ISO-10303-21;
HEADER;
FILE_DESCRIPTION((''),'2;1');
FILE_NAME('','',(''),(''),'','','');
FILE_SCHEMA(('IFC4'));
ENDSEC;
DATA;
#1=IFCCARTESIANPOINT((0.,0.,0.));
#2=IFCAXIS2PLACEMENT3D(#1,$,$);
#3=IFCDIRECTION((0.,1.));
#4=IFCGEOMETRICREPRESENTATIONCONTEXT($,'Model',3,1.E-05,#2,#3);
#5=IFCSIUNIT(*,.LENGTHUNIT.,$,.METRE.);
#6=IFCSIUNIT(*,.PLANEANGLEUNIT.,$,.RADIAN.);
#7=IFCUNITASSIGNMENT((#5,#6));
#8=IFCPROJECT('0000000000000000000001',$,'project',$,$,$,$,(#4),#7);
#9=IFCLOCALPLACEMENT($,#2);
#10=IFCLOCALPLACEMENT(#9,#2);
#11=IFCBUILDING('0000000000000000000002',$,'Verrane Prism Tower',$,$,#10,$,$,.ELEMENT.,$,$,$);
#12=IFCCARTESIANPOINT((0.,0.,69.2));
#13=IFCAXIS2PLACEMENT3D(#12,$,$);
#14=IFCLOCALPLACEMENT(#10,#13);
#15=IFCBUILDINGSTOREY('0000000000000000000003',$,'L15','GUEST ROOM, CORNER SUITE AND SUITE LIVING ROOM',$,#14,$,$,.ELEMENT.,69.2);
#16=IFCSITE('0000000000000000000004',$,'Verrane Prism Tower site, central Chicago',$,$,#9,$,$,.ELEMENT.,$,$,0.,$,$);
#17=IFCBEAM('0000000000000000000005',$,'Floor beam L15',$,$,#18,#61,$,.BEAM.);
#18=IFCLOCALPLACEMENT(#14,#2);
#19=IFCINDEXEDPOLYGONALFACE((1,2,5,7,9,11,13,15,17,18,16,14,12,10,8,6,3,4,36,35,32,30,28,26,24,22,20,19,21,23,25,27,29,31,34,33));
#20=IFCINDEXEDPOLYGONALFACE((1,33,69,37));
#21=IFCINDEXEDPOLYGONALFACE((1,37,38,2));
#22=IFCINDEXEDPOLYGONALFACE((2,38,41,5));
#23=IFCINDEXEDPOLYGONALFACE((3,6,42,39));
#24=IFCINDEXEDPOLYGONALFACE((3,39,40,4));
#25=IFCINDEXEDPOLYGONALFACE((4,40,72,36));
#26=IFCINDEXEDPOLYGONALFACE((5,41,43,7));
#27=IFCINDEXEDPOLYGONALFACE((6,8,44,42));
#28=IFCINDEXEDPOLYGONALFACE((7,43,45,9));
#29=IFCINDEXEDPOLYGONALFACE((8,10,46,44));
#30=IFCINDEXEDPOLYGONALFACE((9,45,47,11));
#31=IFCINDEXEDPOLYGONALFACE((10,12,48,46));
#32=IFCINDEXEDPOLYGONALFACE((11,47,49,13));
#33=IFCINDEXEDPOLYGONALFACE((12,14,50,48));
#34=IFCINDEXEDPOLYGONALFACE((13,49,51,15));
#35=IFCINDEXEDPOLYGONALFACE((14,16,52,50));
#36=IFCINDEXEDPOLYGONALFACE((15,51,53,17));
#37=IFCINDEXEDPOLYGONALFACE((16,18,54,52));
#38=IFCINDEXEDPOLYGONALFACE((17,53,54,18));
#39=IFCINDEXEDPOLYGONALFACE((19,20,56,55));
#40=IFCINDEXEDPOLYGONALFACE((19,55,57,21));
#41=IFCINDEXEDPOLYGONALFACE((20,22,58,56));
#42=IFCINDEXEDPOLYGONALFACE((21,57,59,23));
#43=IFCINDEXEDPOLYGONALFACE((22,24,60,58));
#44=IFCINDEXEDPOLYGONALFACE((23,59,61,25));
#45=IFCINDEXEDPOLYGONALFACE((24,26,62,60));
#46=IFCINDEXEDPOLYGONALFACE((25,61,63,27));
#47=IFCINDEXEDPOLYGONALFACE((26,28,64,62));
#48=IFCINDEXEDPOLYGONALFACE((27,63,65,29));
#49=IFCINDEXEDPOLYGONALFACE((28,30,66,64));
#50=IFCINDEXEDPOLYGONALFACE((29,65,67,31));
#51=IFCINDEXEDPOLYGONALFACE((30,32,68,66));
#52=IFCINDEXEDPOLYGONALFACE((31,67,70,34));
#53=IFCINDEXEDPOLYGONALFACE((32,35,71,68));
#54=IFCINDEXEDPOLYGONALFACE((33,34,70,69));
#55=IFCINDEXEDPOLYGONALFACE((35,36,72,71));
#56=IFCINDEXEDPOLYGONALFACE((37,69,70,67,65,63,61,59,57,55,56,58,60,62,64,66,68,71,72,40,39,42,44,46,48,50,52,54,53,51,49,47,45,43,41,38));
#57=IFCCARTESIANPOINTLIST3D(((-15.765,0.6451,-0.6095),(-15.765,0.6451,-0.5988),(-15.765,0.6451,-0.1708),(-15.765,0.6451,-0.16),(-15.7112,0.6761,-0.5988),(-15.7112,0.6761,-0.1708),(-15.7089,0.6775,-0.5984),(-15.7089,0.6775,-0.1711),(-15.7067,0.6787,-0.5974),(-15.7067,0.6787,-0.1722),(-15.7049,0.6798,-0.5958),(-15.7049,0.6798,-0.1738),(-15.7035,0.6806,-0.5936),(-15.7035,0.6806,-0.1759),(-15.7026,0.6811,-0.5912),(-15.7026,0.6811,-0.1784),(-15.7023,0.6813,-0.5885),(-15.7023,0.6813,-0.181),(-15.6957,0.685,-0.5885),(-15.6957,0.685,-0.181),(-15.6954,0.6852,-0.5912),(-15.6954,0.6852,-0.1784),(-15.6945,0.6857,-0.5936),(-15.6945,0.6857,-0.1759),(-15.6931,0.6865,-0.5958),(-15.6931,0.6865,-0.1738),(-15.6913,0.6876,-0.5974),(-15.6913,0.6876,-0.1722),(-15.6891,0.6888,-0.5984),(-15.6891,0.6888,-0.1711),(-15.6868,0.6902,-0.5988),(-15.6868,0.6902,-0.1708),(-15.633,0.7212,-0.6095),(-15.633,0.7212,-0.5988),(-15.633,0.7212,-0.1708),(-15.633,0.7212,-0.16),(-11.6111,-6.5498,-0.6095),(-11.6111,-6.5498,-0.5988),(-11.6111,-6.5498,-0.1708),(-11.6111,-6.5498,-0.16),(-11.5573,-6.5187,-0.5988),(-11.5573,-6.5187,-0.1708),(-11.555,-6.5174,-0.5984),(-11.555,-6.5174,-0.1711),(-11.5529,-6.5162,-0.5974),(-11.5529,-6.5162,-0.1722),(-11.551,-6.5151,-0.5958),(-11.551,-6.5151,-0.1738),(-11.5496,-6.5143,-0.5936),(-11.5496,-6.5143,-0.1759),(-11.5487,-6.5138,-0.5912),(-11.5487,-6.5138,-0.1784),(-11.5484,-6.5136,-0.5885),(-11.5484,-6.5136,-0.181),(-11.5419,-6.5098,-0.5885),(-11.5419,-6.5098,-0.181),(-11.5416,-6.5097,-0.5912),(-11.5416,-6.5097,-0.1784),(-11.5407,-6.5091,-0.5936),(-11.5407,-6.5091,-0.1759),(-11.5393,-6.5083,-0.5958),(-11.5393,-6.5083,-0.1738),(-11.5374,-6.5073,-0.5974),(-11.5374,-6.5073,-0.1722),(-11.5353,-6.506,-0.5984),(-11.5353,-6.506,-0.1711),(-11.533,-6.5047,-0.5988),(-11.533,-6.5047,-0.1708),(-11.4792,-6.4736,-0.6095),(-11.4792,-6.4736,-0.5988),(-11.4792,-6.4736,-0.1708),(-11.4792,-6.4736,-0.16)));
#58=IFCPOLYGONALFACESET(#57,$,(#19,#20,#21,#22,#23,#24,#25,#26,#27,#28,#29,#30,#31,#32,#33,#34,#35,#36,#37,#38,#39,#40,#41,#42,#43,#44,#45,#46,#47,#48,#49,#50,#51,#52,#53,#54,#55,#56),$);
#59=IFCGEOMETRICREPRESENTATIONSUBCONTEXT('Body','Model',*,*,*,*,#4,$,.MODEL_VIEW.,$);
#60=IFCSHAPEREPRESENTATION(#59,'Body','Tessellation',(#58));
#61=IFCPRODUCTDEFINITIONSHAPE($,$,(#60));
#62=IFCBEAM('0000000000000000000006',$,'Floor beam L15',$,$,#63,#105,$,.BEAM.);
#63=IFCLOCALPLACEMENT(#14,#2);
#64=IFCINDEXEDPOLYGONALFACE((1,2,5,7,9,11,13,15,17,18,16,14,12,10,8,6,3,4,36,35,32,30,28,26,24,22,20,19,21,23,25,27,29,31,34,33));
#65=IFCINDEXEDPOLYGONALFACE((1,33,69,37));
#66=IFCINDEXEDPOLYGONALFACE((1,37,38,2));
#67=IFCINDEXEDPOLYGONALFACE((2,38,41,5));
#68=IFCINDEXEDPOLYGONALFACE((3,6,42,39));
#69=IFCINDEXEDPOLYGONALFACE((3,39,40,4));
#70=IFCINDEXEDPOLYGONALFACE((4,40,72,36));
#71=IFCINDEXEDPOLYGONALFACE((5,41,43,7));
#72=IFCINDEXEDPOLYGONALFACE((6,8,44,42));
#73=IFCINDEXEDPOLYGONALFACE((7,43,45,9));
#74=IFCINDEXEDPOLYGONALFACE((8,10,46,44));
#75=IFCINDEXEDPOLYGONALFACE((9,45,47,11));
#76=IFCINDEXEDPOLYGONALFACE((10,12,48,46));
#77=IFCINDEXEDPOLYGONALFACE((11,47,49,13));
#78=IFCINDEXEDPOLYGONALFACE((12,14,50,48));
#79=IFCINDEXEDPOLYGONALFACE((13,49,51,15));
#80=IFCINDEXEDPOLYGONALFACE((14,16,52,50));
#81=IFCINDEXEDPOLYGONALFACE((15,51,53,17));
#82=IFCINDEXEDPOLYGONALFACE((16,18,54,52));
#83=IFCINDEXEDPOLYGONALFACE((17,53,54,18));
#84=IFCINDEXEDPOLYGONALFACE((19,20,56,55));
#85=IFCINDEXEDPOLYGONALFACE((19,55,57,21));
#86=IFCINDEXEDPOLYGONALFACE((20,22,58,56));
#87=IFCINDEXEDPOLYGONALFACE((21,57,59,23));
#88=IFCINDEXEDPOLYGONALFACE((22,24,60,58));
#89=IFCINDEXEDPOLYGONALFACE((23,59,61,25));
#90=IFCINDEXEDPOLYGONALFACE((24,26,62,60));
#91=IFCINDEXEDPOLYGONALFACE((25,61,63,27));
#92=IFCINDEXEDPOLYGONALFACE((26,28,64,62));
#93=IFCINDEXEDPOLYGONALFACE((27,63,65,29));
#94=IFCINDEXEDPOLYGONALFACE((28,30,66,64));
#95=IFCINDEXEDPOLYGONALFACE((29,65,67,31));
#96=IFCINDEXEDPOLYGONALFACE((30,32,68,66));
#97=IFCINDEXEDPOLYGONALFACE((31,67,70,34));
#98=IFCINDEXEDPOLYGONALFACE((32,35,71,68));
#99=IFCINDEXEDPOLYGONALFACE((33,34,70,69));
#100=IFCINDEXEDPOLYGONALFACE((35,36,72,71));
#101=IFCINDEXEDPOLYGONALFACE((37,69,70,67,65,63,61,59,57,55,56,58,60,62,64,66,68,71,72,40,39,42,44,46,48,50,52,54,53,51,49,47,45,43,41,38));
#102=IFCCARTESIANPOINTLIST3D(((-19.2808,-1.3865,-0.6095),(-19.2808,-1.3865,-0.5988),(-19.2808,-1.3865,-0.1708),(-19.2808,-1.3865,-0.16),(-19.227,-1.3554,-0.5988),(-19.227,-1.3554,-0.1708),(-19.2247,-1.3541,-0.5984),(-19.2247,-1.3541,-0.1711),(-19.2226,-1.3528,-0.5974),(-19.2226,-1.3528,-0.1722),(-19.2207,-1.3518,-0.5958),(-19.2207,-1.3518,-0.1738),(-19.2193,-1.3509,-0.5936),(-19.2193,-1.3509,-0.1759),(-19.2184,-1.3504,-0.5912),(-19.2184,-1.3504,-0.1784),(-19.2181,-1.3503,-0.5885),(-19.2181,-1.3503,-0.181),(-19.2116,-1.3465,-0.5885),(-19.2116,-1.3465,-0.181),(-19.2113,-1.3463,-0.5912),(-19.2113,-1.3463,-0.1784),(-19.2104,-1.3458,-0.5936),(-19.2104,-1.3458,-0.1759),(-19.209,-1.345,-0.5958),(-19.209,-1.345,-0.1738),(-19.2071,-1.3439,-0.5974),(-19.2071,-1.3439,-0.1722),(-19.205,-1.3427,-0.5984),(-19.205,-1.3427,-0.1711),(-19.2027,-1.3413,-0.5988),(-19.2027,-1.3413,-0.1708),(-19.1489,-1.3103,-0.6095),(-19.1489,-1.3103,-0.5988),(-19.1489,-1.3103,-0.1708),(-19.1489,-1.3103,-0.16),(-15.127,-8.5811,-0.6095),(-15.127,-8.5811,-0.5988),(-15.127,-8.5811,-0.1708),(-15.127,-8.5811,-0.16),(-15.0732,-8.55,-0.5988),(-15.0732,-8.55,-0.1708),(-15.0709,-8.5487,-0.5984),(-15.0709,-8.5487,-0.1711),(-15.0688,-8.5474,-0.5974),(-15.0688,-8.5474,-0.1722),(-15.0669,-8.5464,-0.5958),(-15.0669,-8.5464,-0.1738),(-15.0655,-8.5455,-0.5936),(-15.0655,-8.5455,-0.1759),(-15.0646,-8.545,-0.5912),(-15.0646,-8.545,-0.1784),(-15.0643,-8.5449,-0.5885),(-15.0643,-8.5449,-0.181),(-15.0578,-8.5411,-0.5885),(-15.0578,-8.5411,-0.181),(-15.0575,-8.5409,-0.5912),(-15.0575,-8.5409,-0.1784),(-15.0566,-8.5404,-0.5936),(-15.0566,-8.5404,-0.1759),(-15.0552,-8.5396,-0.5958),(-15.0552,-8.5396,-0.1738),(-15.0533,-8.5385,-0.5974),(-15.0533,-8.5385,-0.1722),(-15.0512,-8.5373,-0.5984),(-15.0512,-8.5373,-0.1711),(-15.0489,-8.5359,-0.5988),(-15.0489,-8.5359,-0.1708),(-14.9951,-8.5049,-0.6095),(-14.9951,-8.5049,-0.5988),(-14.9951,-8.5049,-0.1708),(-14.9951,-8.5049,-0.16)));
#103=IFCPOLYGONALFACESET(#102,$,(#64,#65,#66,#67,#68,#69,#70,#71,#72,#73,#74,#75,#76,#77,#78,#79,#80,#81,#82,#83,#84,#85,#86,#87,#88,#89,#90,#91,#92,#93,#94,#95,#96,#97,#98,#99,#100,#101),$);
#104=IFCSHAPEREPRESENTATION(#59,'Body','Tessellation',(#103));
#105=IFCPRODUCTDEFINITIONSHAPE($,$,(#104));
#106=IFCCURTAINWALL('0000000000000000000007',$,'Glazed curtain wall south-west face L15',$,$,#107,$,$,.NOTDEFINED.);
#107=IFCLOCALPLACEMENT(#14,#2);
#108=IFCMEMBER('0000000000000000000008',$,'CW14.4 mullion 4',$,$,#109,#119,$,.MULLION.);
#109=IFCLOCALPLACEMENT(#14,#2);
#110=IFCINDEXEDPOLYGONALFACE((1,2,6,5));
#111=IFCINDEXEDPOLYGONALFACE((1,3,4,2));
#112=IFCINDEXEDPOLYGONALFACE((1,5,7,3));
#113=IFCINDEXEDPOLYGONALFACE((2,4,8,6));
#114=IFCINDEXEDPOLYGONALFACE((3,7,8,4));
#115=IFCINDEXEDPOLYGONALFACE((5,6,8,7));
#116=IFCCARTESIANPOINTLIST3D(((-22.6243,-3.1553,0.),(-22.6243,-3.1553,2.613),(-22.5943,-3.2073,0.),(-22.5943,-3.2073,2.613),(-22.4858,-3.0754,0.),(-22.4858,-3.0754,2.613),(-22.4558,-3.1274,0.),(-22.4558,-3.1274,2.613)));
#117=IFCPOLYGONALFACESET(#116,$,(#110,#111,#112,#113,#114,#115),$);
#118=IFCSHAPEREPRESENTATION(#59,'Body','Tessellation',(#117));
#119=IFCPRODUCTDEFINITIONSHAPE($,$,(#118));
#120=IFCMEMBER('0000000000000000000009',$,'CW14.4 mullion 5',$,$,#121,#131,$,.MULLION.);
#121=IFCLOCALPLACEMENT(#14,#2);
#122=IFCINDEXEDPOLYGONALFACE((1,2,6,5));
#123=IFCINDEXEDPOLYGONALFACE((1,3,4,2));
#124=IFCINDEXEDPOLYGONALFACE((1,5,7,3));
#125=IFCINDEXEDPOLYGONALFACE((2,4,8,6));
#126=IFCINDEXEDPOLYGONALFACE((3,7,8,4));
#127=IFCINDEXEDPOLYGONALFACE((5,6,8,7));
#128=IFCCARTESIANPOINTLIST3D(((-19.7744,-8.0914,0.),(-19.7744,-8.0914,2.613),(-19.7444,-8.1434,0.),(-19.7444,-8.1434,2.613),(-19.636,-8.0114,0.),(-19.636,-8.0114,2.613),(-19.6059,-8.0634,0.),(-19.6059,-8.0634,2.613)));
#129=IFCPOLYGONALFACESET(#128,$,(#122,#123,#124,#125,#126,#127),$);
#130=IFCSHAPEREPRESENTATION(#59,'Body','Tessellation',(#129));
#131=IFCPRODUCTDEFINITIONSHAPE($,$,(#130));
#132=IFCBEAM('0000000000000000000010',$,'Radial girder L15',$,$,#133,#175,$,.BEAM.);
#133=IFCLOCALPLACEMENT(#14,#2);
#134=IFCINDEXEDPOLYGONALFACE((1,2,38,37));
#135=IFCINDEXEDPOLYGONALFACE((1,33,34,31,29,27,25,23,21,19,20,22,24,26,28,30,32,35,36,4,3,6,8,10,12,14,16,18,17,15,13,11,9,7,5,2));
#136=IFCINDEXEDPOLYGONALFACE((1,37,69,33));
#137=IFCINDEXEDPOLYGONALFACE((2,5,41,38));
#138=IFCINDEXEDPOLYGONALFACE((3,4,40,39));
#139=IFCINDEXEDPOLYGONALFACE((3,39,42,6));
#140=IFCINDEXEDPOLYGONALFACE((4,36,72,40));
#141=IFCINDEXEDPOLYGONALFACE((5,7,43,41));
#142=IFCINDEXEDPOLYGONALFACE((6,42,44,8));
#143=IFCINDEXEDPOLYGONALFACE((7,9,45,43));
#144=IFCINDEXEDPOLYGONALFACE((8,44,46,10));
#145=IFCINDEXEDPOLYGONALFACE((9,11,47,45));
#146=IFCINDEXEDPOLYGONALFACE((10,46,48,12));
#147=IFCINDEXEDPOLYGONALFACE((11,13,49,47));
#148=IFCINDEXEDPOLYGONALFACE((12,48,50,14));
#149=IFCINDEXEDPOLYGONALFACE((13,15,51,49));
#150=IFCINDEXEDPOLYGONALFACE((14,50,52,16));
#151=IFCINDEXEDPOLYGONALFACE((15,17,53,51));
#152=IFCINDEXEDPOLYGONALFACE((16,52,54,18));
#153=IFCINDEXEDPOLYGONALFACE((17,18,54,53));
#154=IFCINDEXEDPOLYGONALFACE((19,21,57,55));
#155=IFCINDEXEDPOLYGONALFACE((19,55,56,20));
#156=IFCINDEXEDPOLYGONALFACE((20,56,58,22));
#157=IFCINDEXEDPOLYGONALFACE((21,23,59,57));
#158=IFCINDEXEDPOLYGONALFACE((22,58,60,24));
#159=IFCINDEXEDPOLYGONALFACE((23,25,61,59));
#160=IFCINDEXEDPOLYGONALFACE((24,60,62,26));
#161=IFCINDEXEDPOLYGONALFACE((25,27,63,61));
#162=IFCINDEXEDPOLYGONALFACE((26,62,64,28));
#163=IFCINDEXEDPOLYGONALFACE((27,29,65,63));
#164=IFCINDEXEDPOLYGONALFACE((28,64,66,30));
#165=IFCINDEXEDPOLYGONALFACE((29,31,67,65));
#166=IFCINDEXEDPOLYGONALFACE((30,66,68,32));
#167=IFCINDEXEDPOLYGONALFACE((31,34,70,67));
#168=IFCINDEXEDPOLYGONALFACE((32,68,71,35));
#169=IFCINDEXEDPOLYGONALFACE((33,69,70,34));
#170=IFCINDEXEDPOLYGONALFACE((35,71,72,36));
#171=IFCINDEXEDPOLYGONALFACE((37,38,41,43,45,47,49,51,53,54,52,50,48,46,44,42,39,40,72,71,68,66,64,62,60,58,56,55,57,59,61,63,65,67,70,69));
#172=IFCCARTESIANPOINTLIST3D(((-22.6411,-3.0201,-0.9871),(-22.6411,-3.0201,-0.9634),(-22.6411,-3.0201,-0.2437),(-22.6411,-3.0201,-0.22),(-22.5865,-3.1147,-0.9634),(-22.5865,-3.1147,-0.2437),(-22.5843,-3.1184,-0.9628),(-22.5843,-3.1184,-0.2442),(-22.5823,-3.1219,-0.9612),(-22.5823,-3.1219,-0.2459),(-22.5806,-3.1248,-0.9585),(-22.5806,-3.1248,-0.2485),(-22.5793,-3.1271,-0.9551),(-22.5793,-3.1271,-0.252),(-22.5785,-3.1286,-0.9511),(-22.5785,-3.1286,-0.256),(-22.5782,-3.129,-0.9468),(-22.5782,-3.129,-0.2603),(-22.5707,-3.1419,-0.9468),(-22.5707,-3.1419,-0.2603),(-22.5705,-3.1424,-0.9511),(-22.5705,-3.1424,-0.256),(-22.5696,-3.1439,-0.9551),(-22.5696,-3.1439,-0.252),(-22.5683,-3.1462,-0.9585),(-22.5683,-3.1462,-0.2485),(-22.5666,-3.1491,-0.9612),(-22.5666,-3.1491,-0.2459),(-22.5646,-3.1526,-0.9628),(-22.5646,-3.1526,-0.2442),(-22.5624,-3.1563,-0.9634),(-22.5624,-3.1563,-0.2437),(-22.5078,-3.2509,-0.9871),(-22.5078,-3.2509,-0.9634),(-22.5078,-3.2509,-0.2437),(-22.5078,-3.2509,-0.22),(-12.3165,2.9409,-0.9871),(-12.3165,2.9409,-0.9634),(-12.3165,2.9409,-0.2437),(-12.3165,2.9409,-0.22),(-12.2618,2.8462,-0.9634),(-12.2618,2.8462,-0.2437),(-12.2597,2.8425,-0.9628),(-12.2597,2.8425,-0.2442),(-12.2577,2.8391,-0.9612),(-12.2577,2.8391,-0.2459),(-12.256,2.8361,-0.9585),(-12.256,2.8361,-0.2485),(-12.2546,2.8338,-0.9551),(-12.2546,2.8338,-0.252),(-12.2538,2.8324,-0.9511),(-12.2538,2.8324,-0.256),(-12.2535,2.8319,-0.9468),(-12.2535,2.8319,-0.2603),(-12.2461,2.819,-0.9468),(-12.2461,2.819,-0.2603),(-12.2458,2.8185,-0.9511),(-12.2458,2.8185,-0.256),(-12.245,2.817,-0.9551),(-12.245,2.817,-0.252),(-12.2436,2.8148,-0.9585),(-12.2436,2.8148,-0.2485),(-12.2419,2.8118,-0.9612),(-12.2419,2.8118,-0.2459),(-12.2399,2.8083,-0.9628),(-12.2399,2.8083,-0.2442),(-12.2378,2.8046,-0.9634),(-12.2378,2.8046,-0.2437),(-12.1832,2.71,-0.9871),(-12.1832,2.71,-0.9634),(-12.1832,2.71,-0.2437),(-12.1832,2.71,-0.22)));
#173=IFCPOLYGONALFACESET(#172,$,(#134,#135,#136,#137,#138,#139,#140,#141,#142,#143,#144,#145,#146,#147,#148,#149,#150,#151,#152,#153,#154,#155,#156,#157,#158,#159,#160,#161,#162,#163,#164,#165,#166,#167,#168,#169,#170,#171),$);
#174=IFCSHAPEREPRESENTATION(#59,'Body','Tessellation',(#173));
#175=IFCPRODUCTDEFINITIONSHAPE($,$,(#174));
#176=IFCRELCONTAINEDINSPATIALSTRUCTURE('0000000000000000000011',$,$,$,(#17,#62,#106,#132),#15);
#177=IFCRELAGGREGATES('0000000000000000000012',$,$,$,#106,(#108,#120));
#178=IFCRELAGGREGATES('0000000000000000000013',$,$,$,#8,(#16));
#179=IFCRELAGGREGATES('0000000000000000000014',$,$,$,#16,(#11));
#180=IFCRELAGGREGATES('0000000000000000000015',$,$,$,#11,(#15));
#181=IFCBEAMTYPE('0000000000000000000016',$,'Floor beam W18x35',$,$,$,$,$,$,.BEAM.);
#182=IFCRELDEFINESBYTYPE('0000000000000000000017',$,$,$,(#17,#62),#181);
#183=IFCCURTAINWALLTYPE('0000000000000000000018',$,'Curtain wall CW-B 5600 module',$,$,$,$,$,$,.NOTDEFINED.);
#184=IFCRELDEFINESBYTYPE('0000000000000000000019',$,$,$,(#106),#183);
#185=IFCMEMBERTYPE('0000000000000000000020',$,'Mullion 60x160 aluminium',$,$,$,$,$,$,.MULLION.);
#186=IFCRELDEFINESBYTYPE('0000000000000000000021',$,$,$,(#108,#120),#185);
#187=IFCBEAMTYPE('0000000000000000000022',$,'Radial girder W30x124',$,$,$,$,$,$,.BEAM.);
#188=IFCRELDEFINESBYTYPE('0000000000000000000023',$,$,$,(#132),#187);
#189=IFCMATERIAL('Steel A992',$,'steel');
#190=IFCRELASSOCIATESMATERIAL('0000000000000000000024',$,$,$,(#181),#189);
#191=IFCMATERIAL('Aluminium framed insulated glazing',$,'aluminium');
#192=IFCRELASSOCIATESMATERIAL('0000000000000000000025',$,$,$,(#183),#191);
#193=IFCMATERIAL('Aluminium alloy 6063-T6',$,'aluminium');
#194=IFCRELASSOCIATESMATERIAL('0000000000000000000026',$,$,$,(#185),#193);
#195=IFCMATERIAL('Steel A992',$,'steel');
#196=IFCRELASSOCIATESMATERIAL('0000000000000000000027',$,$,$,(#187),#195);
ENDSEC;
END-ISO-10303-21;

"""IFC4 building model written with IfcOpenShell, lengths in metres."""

from ifc_helpers import new_model, si_unit, direction, frame, origin, origin_2d, place, context, subcontext, project, spatial, rectangle, i_section, extrude, material, material_profile, profile_set, type_object, element, aggregate, save


model = new_model("IFC4")

# Units and contexts
model_context = context("Model", 3, precision=1e-05, world=origin(), true_north=direction((0.0, 1.0)))
body_context = subcontext(model_context, "Body", "Model", "MODEL_VIEW")
ifc_project = project(units=[si_unit("LENGTHUNIT", "METRE"), si_unit("PLANEANGLEUNIT", "RADIAN")], contexts=[model_context])

# Site, building, storey
site_placement = place(None, origin())
site = spatial("IfcSite", under=ifc_project, at=site_placement, Name="Verrane Prism Tower site, central Chicago", CompositionType="ELEMENT", RefElevation=0.0)
building_placement = place(site_placement, origin())
building = spatial("IfcBuilding", under=site, at=building_placement, Name="Verrane Prism Tower", CompositionType="ELEMENT")
storey_placement = place(building_placement, frame((0.0, 0.0, 69.2)))
storey = spatial("IfcBuildingStorey", under=building, at=storey_placement, Name="L15", Description="GUEST ROOM, CORNER SUITE AND SUITE LIVING ROOM", CompositionType="ELEMENT", Elevation=69.2)

# Beams
ifc_material_1 = material(Name="Steel A992", Category="steel")
ifc_material_profile_1 = material_profile(ifc_material_1, i_section(OverallWidth=0.1523, OverallDepth=0.4495, WebThickness=0.0076, FlangeThickness=0.0107, FilletRadius=0.0103, at=origin_2d()), Name="W18x35")
ifc_profile_set_1 = profile_set([ifc_material_profile_1], Name="Steel A992")
beam_type_1 = type_object("IfcBeamType", Name="Floor beam W18x35", PredefinedType="BEAM", material=ifc_profile_set_1)
beam_1_placement = place(storey_placement, frame((-11.5452, -6.5117, -0.3848), z_axis=(-0.499989, 0.866032, 0.0), x_axis=(-0.866032, -0.499989, 0.0)))
element("IfcBeam", 1, at=beam_1_placement, inside=storey, type_object=beam_type_1, Name="Floor beam L15", PredefinedType="BEAM", context=body_context, shape_type="SweptSolid", body=[
    extrude(i_section(OverallWidth=0.1523, OverallDepth=0.4495, WebThickness=0.0076, FlangeThickness=0.0107, FilletRadius=0.0103, at=origin_2d()), origin(), (0.0, 0.0, 1.0), 8.3079),
])
beam_2_placement = place(storey_placement, frame((-15.061, -8.543, -0.3848), z_axis=(-0.500001, 0.866025, 0.0), x_axis=(-0.866025, -0.500001, 0.0)))
element("IfcBeam", 2, at=beam_2_placement, inside=storey, type_object=beam_type_1, Name="Floor beam L15", PredefinedType="BEAM", context=body_context, shape_type="SweptSolid", body=[
    extrude(i_section(OverallWidth=0.1523, OverallDepth=0.4495, WebThickness=0.0076, FlangeThickness=0.0107, FilletRadius=0.0103, at=origin_2d()), origin(), (0.0, 0.0, 1.0), 8.3076),
])

# Curtain wall, members
ifc_material_2 = material(Name="Aluminium framed insulated glazing", Category="aluminium")
curtain_wall_type = type_object("IfcCurtainWallType", Name="Curtain wall CW-B 5600 module", PredefinedType="NOTDEFINED", material=ifc_material_2)
curtain_wall_placement = place(storey_placement, origin())
curtain_wall = element("IfcCurtainWall", 3, at=curtain_wall_placement, inside=storey, type_object=curtain_wall_type, Name="Glazed curtain wall south-west face L15", PredefinedType="NOTDEFINED")
ifc_material_3 = material(Name="Aluminium alloy 6063-T6", Category="aluminium")
ifc_material_profile_2 = material_profile(ifc_material_3, rectangle(XDim=0.1599, YDim=0.0601, at=origin_2d()), Name="Mullion 60x160 aluminium")
ifc_profile_set_2 = profile_set([ifc_material_profile_2], Name="Aluminium alloy 6063-T6")
member_type_1 = type_object("IfcMemberType", Name="Mullion 60x160 aluminium", PredefinedType="MULLION", material=ifc_profile_set_2)
member_1_placement = place(storey_placement, frame((-22.54, -3.1414, 0.0), z_axis=(0.0, 0.0, 1.0), x_axis=(0.866025, 0.5, 0.0)))
member_1 = element("IfcMember", 4, at=member_1_placement, type_object=member_type_1, Name="CW14.4 mullion 4", PredefinedType="MULLION", context=body_context, shape_type="SweptSolid", body=[
    extrude(rectangle(XDim=0.1599, YDim=0.0601, at=origin_2d()), origin(), (0.0, 0.0, 1.0), 2.613),
])
member_2_placement = place(storey_placement, frame((-19.6902, -8.0774, 0.0), z_axis=(0.0, 0.0, 1.0), x_axis=(0.866025, 0.5, 0.0)))
member_2 = element("IfcMember", 5, at=member_2_placement, type_object=member_type_1, Name="CW14.4 mullion 5", PredefinedType="MULLION", context=body_context, shape_type="SweptSolid", body=[
    extrude(rectangle(XDim=0.1599, YDim=0.0601, at=origin_2d()), origin(), (0.0, 0.0, 1.0), 2.613),
])

# Beam
ifc_material_4 = material(Name="Steel A992", Category="steel")
ifc_material_profile_3 = material_profile(ifc_material_4, i_section(OverallWidth=0.2666, OverallDepth=0.7671, WebThickness=0.0149, FlangeThickness=0.0237, FilletRadius=0.0166, at=origin_2d()), Name="W30x124")
ifc_profile_set_3 = profile_set([ifc_material_profile_3], Name="Steel A992")
beam_type_2 = type_object("IfcBeamType", Name="Radial girder W30x124", PredefinedType="BEAM", material=ifc_profile_set_3)
beam_3_placement = place(storey_placement, frame((-22.5745, -3.1355, -0.6035), z_axis=(0.866027, 0.499998, 0.0), x_axis=(-0.499998, 0.866027, 0.0)))
element("IfcBeam", 6, at=beam_3_placement, inside=storey, type_object=beam_type_2, Name="Radial girder L15", PredefinedType="BEAM", context=body_context, shape_type="SweptSolid", body=[
    extrude(i_section(OverallWidth=0.2666, OverallDepth=0.7671, WebThickness=0.0149, FlangeThickness=0.0237, FilletRadius=0.0166, at=origin_2d()), origin(), (0.0, 0.0, 1.0), 11.9219),
])

aggregate(curtain_wall, [member_1, member_2])

save(model, "model.ifc")
